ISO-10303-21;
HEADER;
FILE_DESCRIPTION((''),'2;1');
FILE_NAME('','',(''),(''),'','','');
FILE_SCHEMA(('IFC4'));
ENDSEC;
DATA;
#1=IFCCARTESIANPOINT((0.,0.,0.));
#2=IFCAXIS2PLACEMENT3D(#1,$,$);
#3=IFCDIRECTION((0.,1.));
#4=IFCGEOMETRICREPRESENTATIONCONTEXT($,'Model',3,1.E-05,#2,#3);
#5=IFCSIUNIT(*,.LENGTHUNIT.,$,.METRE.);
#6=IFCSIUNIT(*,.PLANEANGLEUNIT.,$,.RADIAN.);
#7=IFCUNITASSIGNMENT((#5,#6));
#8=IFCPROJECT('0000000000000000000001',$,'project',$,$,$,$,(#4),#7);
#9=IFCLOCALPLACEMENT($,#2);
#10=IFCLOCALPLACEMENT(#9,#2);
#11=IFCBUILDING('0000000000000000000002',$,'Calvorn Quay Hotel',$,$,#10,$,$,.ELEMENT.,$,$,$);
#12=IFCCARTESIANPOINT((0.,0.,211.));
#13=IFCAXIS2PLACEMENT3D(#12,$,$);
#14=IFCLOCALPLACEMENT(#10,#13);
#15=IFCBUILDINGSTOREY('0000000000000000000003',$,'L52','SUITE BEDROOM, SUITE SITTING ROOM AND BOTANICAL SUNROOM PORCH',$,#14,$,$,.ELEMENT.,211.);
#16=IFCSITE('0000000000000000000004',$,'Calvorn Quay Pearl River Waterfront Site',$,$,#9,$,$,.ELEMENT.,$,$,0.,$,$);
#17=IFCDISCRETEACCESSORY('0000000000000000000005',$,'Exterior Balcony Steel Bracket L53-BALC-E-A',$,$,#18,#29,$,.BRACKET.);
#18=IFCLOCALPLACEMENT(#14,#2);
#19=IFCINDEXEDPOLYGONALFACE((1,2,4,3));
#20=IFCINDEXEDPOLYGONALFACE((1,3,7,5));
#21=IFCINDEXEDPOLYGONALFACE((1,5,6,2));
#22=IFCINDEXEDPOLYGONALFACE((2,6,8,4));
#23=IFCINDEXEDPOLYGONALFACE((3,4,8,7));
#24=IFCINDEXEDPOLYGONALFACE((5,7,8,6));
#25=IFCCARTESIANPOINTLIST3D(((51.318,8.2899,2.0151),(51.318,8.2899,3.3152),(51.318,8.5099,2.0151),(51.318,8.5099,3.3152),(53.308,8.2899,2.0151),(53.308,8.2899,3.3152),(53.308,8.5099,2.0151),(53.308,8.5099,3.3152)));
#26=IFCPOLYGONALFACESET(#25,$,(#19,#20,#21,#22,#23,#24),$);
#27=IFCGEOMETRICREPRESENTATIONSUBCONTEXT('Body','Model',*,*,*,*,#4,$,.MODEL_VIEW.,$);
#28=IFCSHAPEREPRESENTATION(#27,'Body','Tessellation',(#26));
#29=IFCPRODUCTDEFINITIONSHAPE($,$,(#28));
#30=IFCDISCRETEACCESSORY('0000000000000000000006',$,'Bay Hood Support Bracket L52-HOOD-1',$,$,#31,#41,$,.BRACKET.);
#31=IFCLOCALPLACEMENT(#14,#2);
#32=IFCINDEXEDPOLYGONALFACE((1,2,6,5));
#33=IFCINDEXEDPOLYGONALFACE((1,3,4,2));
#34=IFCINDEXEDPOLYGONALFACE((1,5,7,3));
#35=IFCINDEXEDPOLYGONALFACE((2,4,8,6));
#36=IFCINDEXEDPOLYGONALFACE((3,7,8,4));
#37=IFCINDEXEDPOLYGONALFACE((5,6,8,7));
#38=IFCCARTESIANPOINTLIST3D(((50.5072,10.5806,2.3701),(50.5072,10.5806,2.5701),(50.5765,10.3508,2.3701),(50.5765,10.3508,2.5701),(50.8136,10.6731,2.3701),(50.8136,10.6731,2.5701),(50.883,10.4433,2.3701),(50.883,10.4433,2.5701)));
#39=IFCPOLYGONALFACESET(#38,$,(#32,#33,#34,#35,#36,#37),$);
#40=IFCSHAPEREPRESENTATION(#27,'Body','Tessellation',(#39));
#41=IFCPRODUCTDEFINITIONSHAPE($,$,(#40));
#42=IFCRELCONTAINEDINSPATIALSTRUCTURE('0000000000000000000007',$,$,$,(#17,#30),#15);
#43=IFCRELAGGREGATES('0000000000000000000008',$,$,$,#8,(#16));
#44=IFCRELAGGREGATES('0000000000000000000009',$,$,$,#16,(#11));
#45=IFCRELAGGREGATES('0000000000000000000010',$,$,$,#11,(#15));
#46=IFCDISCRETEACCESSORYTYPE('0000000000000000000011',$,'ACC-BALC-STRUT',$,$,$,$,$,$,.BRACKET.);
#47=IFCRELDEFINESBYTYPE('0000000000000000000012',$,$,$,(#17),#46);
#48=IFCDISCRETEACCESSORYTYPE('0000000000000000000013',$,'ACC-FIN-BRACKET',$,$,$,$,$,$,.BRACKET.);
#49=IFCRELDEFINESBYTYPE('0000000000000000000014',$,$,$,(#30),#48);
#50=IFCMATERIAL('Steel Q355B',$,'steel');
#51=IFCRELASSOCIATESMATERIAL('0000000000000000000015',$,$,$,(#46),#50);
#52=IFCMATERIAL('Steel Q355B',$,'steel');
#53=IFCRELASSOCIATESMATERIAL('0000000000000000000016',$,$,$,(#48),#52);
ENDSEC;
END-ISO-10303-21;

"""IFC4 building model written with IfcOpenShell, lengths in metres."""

from ifc_helpers import new_model, si_unit, direction, frame, origin, origin_2d, place, context, subcontext, project, spatial, rectangle, extrude, material, type_object, element, save


model = new_model("IFC4")

# Units and contexts
model_context = context("Model", 3, precision=1e-05, world=origin(), true_north=direction((0.0, 1.0)))
body_context = subcontext(model_context, "Body", "Model", "MODEL_VIEW")
ifc_project = project(units=[si_unit("LENGTHUNIT", "METRE"), si_unit("PLANEANGLEUNIT", "RADIAN")], contexts=[model_context])

# Site, building, storey
site_placement = place(None, origin())
site = spatial("IfcSite", under=ifc_project, at=site_placement, Name="Calvorn Quay Pearl River Waterfront Site", CompositionType="ELEMENT", RefElevation=0.0)
building_placement = place(site_placement, origin())
building = spatial("IfcBuilding", under=site, at=building_placement, Name="Calvorn Quay Hotel", CompositionType="ELEMENT")
storey_placement = place(building_placement, frame((0.0, 0.0, 211.0)))
storey = spatial("IfcBuildingStorey", under=building, at=storey_placement, Name="L52", Description="SUITE BEDROOM, SUITE SITTING ROOM AND BOTANICAL SUNROOM PORCH", CompositionType="ELEMENT", Elevation=211.0)

# Discrete accessories
ifc_material_1 = material(Name="Steel Q355B", Category="steel")
discrete_accessory_type_1 = type_object("IfcDiscreteAccessoryType", Name="ACC-BALC-STRUT", PredefinedType="BRACKET", material=ifc_material_1)
discrete_accessory_1_placement = place(storey_placement, frame((52.313, 8.3999, 2.0151), z_axis=(0.0, 0.0, 1.0), x_axis=(1.0, 0.0, 0.0)))
element("IfcDiscreteAccessory", 1, at=discrete_accessory_1_placement, inside=storey, type_object=discrete_accessory_type_1, Name="Exterior Balcony Steel Bracket L53-BALC-E-A", PredefinedType="BRACKET", context=body_context, shape_type="SweptSolid", body=[
    extrude(rectangle(XDim=1.99, YDim=0.22, at=origin_2d()), origin(), (0.0, 0.0, 1.0), 1.3),
])
ifc_material_2 = material(Name="Steel Q355B", Category="steel")
discrete_accessory_type_2 = type_object("IfcDiscreteAccessoryType", Name="ACC-FIN-BRACKET", PredefinedType="BRACKET", material=ifc_material_2)
discrete_accessory_2_placement = place(storey_placement, frame((50.6951, 10.512, 2.3701), z_axis=(0.0, 0.0, 1.0), x_axis=(0.957319, 0.289032, 0.0)))
element("IfcDiscreteAccessory", 2, at=discrete_accessory_2_placement, inside=storey, type_object=discrete_accessory_type_2, Name="Bay Hood Support Bracket L52-HOOD-1", PredefinedType="BRACKET", context=body_context, shape_type="SweptSolid", body=[
    extrude(rectangle(XDim=0.3201, YDim=0.24, at=origin_2d()), origin(), (0.0, 0.0, 1.0), 0.2),
])

save(model, "model.ifc")
